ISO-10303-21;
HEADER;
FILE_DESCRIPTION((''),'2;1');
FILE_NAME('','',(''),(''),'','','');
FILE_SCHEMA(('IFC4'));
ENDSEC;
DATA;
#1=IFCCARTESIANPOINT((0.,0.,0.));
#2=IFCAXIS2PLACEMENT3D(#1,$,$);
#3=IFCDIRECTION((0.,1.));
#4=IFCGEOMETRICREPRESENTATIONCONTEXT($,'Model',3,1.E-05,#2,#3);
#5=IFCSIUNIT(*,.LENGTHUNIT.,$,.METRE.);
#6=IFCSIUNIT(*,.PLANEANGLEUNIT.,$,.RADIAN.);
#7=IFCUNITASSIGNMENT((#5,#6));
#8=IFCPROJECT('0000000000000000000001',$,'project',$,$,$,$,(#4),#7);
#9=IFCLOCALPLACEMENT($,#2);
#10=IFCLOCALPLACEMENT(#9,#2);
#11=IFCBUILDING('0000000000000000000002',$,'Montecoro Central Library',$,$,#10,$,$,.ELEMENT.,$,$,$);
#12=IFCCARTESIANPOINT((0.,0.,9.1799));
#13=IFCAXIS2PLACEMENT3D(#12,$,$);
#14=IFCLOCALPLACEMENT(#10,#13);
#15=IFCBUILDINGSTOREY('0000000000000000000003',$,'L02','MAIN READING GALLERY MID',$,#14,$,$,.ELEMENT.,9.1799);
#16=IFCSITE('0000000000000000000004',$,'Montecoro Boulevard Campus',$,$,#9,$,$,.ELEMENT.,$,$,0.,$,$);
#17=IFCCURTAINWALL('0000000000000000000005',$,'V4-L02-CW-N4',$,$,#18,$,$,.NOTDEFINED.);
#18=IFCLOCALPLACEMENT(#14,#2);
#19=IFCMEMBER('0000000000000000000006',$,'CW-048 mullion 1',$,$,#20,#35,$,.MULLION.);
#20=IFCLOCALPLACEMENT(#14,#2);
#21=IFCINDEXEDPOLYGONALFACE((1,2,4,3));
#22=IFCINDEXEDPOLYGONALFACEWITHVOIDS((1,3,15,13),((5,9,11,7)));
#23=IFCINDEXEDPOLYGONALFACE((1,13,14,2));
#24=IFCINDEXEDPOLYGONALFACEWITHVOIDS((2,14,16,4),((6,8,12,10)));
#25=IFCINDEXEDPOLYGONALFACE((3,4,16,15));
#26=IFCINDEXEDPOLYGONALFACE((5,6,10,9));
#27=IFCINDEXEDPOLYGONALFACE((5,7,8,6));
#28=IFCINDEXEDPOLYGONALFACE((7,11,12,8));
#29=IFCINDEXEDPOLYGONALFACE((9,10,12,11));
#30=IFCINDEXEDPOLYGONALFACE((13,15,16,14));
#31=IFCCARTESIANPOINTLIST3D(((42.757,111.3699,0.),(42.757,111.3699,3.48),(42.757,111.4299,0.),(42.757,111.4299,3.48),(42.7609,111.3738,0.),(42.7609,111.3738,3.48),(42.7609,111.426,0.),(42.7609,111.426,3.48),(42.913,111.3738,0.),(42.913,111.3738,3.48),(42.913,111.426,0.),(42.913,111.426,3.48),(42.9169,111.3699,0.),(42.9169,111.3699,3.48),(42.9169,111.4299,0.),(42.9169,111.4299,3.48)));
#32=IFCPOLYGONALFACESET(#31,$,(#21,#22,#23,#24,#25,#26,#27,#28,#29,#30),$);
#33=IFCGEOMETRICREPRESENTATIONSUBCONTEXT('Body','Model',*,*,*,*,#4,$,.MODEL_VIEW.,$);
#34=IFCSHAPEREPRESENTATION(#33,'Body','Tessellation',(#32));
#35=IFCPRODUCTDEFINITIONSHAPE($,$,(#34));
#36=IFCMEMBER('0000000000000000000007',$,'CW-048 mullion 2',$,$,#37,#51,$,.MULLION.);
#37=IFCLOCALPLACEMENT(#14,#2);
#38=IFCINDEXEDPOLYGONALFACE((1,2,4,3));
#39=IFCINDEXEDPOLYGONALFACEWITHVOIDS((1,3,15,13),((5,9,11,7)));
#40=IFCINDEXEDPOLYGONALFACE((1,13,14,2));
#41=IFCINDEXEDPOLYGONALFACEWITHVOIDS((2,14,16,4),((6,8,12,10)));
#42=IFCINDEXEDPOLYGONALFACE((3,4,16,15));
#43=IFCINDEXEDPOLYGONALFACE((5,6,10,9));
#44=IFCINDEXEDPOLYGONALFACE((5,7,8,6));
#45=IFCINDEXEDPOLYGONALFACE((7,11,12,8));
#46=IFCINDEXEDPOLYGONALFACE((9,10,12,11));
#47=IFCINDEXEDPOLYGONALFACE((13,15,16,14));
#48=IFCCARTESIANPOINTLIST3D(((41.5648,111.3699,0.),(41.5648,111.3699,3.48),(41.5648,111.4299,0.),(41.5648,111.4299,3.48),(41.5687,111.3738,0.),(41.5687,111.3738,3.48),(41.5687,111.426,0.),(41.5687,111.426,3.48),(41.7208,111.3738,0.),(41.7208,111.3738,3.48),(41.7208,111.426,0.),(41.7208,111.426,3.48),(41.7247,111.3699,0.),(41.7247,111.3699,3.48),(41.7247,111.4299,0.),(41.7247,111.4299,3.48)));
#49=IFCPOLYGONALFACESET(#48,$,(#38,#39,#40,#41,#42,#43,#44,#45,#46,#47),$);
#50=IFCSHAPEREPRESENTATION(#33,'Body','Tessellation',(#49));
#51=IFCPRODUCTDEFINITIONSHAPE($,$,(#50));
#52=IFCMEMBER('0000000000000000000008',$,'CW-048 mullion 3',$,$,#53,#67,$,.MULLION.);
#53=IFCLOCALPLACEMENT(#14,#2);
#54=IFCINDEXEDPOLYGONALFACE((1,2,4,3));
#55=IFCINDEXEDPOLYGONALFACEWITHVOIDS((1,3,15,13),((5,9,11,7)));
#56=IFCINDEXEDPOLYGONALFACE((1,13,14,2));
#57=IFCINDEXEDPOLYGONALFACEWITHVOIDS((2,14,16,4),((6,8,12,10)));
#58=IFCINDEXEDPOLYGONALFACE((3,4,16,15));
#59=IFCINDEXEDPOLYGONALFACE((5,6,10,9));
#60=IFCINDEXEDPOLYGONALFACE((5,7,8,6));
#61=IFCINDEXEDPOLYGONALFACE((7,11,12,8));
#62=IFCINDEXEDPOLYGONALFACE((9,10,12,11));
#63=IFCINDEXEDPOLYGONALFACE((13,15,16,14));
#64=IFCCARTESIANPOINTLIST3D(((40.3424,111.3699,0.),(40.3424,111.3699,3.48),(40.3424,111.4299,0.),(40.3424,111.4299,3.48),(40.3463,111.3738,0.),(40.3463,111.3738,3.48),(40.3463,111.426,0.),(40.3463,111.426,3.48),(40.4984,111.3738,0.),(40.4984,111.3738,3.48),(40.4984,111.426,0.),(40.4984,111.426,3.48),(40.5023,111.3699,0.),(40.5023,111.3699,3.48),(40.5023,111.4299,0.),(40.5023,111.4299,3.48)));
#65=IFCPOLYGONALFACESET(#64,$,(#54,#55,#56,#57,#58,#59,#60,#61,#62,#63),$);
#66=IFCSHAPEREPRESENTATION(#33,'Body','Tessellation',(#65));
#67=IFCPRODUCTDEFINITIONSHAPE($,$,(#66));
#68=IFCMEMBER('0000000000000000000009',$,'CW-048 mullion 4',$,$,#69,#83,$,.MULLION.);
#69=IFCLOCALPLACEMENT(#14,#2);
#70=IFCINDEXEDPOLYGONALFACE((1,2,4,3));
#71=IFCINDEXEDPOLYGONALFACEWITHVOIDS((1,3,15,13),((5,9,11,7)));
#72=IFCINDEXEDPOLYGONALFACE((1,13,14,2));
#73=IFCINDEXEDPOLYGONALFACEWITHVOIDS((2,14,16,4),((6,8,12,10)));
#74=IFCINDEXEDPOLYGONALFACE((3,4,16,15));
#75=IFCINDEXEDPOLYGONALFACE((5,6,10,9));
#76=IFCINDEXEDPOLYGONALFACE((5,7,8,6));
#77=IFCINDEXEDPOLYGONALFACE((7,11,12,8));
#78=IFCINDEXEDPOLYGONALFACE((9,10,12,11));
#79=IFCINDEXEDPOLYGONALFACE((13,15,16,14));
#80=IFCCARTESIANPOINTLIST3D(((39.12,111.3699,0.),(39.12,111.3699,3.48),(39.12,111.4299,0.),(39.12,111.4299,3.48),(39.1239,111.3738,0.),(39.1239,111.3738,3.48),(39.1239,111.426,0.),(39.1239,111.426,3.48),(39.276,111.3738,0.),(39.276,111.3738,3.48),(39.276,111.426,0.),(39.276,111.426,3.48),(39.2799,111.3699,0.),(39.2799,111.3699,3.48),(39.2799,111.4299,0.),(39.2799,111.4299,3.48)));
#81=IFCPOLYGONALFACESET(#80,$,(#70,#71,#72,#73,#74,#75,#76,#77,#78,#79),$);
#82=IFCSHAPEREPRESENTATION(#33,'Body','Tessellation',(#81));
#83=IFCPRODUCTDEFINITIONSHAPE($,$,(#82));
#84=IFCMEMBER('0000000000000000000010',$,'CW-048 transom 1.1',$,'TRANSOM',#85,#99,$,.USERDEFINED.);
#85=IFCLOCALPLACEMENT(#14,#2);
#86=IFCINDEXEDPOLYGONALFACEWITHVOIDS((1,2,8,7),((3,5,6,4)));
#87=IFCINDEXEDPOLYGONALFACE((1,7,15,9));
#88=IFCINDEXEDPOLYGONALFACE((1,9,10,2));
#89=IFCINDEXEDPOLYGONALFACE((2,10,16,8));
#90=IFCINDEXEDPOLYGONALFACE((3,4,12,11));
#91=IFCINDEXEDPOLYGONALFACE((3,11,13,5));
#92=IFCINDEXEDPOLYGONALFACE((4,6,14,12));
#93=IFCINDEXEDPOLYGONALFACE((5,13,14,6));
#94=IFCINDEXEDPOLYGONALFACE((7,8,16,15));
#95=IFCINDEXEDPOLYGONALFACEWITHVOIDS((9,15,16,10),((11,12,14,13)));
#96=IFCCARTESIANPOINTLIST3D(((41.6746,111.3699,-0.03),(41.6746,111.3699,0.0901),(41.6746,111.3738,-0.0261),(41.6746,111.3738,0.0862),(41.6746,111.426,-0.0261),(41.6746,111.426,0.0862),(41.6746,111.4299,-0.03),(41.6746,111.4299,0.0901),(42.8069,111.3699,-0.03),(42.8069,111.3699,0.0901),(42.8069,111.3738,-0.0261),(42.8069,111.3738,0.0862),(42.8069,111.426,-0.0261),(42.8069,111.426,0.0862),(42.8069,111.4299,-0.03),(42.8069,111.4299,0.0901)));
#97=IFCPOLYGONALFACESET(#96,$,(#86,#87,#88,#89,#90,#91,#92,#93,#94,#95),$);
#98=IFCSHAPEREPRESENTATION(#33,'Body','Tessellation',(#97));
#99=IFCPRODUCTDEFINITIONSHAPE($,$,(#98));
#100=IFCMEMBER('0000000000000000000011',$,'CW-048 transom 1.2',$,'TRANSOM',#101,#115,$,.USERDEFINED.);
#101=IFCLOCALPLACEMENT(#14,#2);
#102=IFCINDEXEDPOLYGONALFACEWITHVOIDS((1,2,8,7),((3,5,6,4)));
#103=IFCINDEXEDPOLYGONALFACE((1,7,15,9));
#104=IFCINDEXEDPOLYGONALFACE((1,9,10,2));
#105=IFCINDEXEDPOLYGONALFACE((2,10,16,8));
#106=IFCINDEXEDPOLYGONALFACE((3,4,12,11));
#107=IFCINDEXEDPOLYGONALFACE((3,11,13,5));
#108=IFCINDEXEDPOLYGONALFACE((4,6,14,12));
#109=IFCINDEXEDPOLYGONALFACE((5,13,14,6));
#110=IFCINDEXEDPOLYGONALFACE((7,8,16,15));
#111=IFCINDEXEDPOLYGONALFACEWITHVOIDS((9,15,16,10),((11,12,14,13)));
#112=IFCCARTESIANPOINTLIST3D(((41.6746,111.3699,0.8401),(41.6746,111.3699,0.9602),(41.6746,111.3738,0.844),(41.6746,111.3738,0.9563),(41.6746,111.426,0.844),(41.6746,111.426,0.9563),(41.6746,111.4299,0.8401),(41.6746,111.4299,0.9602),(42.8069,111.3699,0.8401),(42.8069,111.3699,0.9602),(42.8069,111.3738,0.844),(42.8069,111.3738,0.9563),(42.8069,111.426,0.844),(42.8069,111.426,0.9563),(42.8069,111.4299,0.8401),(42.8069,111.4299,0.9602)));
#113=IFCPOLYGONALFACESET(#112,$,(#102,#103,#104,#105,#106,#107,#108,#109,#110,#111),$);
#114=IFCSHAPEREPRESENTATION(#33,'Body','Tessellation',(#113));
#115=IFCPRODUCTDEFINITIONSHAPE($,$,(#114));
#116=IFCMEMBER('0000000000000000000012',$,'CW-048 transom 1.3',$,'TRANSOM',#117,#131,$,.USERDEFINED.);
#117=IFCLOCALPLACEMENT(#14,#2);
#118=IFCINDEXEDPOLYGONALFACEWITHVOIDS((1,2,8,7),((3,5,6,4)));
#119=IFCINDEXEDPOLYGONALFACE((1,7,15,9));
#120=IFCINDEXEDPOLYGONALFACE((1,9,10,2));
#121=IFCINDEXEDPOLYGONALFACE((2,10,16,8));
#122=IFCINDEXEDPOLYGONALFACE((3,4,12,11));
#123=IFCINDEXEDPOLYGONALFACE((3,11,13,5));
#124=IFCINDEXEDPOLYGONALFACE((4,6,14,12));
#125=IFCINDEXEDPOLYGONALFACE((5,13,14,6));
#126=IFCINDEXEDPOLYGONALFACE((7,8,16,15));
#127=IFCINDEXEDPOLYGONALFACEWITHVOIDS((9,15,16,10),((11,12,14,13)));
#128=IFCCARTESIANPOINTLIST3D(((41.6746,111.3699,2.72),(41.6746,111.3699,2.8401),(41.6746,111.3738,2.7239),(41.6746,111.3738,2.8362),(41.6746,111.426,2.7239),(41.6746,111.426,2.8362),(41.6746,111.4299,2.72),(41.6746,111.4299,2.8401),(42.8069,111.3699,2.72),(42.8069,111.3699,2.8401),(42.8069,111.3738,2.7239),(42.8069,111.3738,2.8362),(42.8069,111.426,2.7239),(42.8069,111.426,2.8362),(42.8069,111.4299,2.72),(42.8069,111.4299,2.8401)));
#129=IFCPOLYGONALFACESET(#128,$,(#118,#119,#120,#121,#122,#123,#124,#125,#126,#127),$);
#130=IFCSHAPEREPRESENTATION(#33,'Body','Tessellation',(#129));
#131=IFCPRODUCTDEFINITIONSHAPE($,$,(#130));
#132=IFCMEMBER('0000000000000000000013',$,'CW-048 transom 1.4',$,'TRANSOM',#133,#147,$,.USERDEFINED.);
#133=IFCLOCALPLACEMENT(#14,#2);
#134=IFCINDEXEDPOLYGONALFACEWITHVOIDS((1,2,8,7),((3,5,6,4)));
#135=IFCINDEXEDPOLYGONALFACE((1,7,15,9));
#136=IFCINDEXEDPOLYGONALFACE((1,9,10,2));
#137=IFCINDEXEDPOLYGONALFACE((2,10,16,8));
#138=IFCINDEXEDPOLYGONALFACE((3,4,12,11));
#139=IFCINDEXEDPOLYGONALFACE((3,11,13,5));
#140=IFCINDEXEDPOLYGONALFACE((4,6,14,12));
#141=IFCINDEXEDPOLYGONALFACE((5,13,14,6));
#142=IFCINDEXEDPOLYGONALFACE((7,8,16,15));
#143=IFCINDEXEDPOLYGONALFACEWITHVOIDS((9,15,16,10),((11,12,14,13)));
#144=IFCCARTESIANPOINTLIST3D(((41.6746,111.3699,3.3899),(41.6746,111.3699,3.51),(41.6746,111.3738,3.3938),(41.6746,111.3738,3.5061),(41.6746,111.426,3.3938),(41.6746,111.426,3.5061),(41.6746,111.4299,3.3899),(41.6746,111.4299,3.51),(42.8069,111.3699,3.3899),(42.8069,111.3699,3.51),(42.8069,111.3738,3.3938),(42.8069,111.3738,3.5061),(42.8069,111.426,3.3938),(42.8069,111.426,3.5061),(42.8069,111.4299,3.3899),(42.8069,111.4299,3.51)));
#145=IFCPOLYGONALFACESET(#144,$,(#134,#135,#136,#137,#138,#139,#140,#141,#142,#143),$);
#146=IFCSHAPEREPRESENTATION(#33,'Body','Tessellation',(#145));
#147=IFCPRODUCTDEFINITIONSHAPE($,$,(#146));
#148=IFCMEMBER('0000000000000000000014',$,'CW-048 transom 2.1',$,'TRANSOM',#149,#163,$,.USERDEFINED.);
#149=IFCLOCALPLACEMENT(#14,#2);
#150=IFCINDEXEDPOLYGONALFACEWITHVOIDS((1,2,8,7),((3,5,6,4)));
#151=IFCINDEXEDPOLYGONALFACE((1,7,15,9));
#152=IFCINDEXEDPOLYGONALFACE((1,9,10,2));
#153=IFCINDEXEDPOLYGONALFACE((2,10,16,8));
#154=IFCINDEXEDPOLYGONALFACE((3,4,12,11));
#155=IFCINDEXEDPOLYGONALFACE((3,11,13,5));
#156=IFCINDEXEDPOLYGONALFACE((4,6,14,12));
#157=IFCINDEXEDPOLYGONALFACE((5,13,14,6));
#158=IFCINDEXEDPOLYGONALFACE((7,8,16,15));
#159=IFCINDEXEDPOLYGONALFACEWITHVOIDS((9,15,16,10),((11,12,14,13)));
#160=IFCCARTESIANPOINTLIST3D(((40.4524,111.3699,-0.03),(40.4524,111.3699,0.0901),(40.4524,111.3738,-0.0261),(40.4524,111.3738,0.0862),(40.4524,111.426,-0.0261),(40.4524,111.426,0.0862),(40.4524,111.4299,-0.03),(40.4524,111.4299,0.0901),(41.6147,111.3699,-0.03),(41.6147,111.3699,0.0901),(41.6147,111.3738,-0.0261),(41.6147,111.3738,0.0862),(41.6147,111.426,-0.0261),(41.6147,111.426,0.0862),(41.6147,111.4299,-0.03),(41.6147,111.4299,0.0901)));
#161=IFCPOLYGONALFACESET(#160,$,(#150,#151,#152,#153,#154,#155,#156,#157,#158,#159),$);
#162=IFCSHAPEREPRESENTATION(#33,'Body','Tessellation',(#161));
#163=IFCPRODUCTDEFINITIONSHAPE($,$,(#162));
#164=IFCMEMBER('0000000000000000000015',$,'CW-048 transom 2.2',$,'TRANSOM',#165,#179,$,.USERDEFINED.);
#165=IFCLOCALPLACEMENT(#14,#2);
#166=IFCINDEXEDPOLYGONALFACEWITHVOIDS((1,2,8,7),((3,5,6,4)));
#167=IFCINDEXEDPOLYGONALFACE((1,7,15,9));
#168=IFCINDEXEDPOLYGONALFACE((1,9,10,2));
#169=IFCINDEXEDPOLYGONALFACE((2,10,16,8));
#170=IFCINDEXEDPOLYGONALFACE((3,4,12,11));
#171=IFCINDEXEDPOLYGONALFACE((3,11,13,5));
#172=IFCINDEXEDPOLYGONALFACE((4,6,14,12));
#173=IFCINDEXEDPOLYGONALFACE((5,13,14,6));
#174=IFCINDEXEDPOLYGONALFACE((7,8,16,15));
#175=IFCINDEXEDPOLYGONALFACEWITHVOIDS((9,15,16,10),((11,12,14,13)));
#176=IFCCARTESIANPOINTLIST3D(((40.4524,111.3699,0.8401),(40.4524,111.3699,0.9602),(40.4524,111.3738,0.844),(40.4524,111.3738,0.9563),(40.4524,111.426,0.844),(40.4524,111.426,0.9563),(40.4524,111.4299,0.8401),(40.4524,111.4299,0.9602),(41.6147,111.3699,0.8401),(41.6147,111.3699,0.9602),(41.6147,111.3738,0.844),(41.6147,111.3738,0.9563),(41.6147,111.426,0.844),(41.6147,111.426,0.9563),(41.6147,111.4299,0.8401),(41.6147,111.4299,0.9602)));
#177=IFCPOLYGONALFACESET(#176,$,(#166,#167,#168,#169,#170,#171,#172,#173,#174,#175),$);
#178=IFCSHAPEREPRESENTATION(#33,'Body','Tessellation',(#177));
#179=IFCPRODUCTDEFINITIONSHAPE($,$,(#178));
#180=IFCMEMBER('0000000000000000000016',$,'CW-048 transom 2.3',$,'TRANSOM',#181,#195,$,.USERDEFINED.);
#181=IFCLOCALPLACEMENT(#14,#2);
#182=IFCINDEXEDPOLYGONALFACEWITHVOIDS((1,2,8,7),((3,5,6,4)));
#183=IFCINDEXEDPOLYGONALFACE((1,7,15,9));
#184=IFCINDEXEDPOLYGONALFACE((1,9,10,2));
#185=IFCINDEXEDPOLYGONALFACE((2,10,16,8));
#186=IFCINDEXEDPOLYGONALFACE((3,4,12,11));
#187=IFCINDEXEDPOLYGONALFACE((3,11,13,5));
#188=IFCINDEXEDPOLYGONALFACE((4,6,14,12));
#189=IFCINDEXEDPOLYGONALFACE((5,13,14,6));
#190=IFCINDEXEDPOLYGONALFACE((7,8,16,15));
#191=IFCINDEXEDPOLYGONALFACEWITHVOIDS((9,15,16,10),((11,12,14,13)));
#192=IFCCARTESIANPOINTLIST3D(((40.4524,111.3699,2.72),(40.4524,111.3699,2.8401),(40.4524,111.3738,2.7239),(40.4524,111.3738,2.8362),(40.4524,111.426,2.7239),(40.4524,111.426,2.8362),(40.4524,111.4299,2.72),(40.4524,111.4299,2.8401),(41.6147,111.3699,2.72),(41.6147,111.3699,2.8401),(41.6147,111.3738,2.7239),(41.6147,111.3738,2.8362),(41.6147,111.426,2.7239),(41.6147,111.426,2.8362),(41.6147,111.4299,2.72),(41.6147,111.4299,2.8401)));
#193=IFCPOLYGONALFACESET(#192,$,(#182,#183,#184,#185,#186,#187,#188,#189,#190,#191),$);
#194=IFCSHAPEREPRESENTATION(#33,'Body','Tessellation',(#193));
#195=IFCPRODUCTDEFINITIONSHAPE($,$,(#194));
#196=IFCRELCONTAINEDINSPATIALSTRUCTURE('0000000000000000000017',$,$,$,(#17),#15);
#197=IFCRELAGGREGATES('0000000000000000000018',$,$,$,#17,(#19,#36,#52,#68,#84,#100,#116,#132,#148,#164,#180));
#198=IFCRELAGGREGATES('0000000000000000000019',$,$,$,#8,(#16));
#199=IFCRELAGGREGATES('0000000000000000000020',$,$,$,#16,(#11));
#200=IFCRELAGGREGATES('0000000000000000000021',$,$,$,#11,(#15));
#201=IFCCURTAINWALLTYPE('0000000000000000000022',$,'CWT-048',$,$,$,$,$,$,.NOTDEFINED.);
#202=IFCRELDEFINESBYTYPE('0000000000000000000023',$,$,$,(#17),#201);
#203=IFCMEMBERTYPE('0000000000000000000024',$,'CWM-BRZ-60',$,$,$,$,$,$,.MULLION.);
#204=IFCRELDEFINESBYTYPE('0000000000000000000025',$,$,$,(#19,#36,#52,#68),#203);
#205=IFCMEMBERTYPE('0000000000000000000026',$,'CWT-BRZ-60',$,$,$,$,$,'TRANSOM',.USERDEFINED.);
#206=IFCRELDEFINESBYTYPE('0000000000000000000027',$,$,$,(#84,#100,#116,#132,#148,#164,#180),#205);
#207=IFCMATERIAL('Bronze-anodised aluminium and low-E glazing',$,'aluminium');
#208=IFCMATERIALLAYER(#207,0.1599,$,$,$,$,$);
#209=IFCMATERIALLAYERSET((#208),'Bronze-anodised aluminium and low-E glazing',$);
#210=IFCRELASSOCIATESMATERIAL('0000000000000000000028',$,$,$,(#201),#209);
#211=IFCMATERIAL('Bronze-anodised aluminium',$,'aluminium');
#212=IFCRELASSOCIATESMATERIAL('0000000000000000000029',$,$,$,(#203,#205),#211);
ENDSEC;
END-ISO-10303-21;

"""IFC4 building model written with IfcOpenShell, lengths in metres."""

from ifc_helpers import new_model, si_unit, direction, frame, origin, origin_2d, place, context, subcontext, project, spatial, hollow_rectangle, extrude, material, layer, layer_set, material_profile, profile_set, type_object, element, aggregate, save


model = new_model("IFC4")

# Units and contexts
model_context = context("Model", 3, precision=1e-05, world=origin(), true_north=direction((0.0, 1.0)))
body_context = subcontext(model_context, "Body", "Model", "MODEL_VIEW")
ifc_project = project(units=[si_unit("LENGTHUNIT", "METRE"), si_unit("PLANEANGLEUNIT", "RADIAN")], contexts=[model_context])

# Site, building, storey
site_placement = place(None, origin())
site = spatial("IfcSite", under=ifc_project, at=site_placement, Name="Montecoro Boulevard Campus", CompositionType="ELEMENT", RefElevation=0.0)
building_placement = place(site_placement, origin())
building = spatial("IfcBuilding", under=site, at=building_placement, Name="Montecoro Central Library", CompositionType="ELEMENT")
storey_placement = place(building_placement, frame((0.0, 0.0, 9.1799)))
storey = spatial("IfcBuildingStorey", under=building, at=storey_placement, Name="L02", Description="MAIN READING GALLERY MID", CompositionType="ELEMENT", Elevation=9.1799)

# Curtain wall, members
ifc_material_1 = material(Name="Bronze-anodised aluminium and low-E glazing", Category="aluminium")
ifc_layer_1 = layer(ifc_material_1, 0.1599)
ifc_layer_set_1 = layer_set([ifc_layer_1], Name="Bronze-anodised aluminium and low-E glazing")
curtain_wall_type = type_object("IfcCurtainWallType", Name="CWT-048", PredefinedType="NOTDEFINED", material=ifc_layer_set_1)
curtain_wall_placement = place(storey_placement, origin())
curtain_wall = element("IfcCurtainWall", 1, at=curtain_wall_placement, inside=storey, type_object=curtain_wall_type, Name="V4-L02-CW-N4", PredefinedType="NOTDEFINED")
ifc_material_2 = material(Name="Bronze-anodised aluminium", Category="aluminium")
ifc_material_profile_1 = material_profile(ifc_material_2, hollow_rectangle(XDim=0.0601, YDim=0.1599, WallThickness=0.0039, at=origin_2d()), Name="CWM 160x60x4.0")
ifc_profile_set_1 = profile_set([ifc_material_profile_1], Name="Bronze-anodised aluminium")
member_type_1 = type_object("IfcMemberType", Name="CWM-BRZ-60", PredefinedType="MULLION", material=ifc_profile_set_1)
member_1_placement = place(storey_placement, frame((42.8369, 111.3999, 0.0), z_axis=(0.0, 0.0, 1.0), x_axis=(0.0, -1.0, 0.0)))
member_1 = element("IfcMember", 2, at=member_1_placement, type_object=member_type_1, Name="CW-048 mullion 1", PredefinedType="MULLION", context=body_context, shape_type="SweptSolid", body=[
    extrude(hollow_rectangle(XDim=0.0601, YDim=0.1599, WallThickness=0.0039, at=origin_2d()), origin(), (0.0, 0.0, 1.0), 3.48),
])
member_2_placement = place(storey_placement, frame((41.6448, 111.3999, 0.0), z_axis=(0.0, 0.0, 1.0), x_axis=(0.0, -1.0, 0.0)))
member_2 = element("IfcMember", 3, at=member_2_placement, type_object=member_type_1, Name="CW-048 mullion 2", PredefinedType="MULLION", context=body_context, shape_type="SweptSolid", body=[
    extrude(hollow_rectangle(XDim=0.0601, YDim=0.1599, WallThickness=0.0039, at=origin_2d()), origin(), (0.0, 0.0, 1.0), 3.48),
])
member_3_placement = place(storey_placement, frame((40.4224, 111.3999, 0.0), z_axis=(0.0, 0.0, 1.0), x_axis=(0.0, -1.0, 0.0)))
member_3 = element("IfcMember", 4, at=member_3_placement, type_object=member_type_1, Name="CW-048 mullion 3", PredefinedType="MULLION", context=body_context, shape_type="SweptSolid", body=[
    extrude(hollow_rectangle(XDim=0.0601, YDim=0.1599, WallThickness=0.0039, at=origin_2d()), origin(), (0.0, 0.0, 1.0), 3.48),
])
member_4_placement = place(storey_placement, frame((39.2, 111.3999, 0.0), z_axis=(0.0, 0.0, 1.0), x_axis=(0.0, -1.0, 0.0)))
member_4 = element("IfcMember", 5, at=member_4_placement, type_object=member_type_1, Name="CW-048 mullion 4", PredefinedType="MULLION", context=body_context, shape_type="SweptSolid", body=[
    extrude(hollow_rectangle(XDim=0.0601, YDim=0.1599, WallThickness=0.0039, at=origin_2d()), origin(), (0.0, 0.0, 1.0), 3.48),
])
ifc_material_profile_2 = material_profile(ifc_material_2, hollow_rectangle(XDim=0.0601, YDim=0.1201, WallThickness=0.0039, at=origin_2d()), Name="CWT 120x60x4.0")
ifc_profile_set_2 = profile_set([ifc_material_profile_2], Name="Bronze-anodised aluminium")
member_type_2 = type_object("IfcMemberType", Name="CWT-BRZ-60", ElementType="TRANSOM", PredefinedType="USERDEFINED", material=ifc_profile_set_2)
member_5_placement = place(storey_placement, frame((42.8069, 111.3999, 0.03), z_axis=(-1.0, 0.0, 0.0), x_axis=(0.0, -1.0, 0.0)))
member_5 = element("IfcMember", 6, at=member_5_placement, type_object=member_type_2, Name="CW-048 transom 1.1", ObjectType="TRANSOM", PredefinedType="USERDEFINED", context=body_context, shape_type="SweptSolid", body=[
    extrude(hollow_rectangle(XDim=0.0601, YDim=0.1201, WallThickness=0.0039, at=origin_2d()), origin(), (0.0, 0.0, 1.0), 1.1323),
])
member_6_placement = place(storey_placement, frame((42.8069, 111.3999, 0.9001), z_axis=(-1.0, 0.0, 0.0), x_axis=(0.0, -1.0, 0.0)))
member_6 = element("IfcMember", 7, at=member_6_placement, type_object=member_type_2, Name="CW-048 transom 1.2", ObjectType="TRANSOM", PredefinedType="USERDEFINED", context=body_context, shape_type="SweptSolid", body=[
    extrude(hollow_rectangle(XDim=0.0601, YDim=0.1201, WallThickness=0.0039, at=origin_2d()), origin(), (0.0, 0.0, 1.0), 1.1323),
])
member_7_placement = place(storey_placement, frame((42.8069, 111.3999, 2.78), z_axis=(-1.0, 0.0, 0.0), x_axis=(0.0, -1.0, 0.0)))
member_7 = element("IfcMember", 8, at=member_7_placement, type_object=member_type_2, Name="CW-048 transom 1.3", ObjectType="TRANSOM", PredefinedType="USERDEFINED", context=body_context, shape_type="SweptSolid", body=[
    extrude(hollow_rectangle(XDim=0.0601, YDim=0.1201, WallThickness=0.0039, at=origin_2d()), origin(), (0.0, 0.0, 1.0), 1.1323),
])
member_8_placement = place(storey_placement, frame((42.8069, 111.3999, 3.45), z_axis=(-1.0, 0.0, 0.0), x_axis=(0.0, -1.0, 0.0)))
member_8 = element("IfcMember", 9, at=member_8_placement, type_object=member_type_2, Name="CW-048 transom 1.4", ObjectType="TRANSOM", PredefinedType="USERDEFINED", context=body_context, shape_type="SweptSolid", body=[
    extrude(hollow_rectangle(XDim=0.0601, YDim=0.1201, WallThickness=0.0039, at=origin_2d()), origin(), (0.0, 0.0, 1.0), 1.1323),
])
member_9_placement = place(storey_placement, frame((41.6147, 111.3999, 0.03), z_axis=(-1.0, 0.0, 0.0), x_axis=(0.0, -1.0, 0.0)))
member_9 = element("IfcMember", 10, at=member_9_placement, type_object=member_type_2, Name="CW-048 transom 2.1", ObjectType="TRANSOM", PredefinedType="USERDEFINED", context=body_context, shape_type="SweptSolid", body=[
    extrude(hollow_rectangle(XDim=0.0601, YDim=0.1201, WallThickness=0.0039, at=origin_2d()), origin(), (0.0, 0.0, 1.0), 1.1624),
])
member_10_placement = place(storey_placement, frame((41.6147, 111.3999, 0.9001), z_axis=(-1.0, 0.0, 0.0), x_axis=(0.0, -1.0, 0.0)))
member_10 = element("IfcMember", 11, at=member_10_placement, type_object=member_type_2, Name="CW-048 transom 2.2", ObjectType="TRANSOM", PredefinedType="USERDEFINED", context=body_context, shape_type="SweptSolid", body=[
    extrude(hollow_rectangle(XDim=0.0601, YDim=0.1201, WallThickness=0.0039, at=origin_2d()), origin(), (0.0, 0.0, 1.0), 1.1624),
])
member_11_placement = place(storey_placement, frame((41.6147, 111.3999, 2.78), z_axis=(-1.0, 0.0, 0.0), x_axis=(0.0, -1.0, 0.0)))
member_11 = element("IfcMember", 12, at=member_11_placement, type_object=member_type_2, Name="CW-048 transom 2.3", ObjectType="TRANSOM", PredefinedType="USERDEFINED", context=body_context, shape_type="SweptSolid", body=[
    extrude(hollow_rectangle(XDim=0.0601, YDim=0.1201, WallThickness=0.0039, at=origin_2d()), origin(), (0.0, 0.0, 1.0), 1.1624),
])
aggregate(curtain_wall, [member_1, member_2, member_3, member_4, member_5, member_6, member_7, member_8, member_9, member_10, member_11])

save(model, "model.ifc")
